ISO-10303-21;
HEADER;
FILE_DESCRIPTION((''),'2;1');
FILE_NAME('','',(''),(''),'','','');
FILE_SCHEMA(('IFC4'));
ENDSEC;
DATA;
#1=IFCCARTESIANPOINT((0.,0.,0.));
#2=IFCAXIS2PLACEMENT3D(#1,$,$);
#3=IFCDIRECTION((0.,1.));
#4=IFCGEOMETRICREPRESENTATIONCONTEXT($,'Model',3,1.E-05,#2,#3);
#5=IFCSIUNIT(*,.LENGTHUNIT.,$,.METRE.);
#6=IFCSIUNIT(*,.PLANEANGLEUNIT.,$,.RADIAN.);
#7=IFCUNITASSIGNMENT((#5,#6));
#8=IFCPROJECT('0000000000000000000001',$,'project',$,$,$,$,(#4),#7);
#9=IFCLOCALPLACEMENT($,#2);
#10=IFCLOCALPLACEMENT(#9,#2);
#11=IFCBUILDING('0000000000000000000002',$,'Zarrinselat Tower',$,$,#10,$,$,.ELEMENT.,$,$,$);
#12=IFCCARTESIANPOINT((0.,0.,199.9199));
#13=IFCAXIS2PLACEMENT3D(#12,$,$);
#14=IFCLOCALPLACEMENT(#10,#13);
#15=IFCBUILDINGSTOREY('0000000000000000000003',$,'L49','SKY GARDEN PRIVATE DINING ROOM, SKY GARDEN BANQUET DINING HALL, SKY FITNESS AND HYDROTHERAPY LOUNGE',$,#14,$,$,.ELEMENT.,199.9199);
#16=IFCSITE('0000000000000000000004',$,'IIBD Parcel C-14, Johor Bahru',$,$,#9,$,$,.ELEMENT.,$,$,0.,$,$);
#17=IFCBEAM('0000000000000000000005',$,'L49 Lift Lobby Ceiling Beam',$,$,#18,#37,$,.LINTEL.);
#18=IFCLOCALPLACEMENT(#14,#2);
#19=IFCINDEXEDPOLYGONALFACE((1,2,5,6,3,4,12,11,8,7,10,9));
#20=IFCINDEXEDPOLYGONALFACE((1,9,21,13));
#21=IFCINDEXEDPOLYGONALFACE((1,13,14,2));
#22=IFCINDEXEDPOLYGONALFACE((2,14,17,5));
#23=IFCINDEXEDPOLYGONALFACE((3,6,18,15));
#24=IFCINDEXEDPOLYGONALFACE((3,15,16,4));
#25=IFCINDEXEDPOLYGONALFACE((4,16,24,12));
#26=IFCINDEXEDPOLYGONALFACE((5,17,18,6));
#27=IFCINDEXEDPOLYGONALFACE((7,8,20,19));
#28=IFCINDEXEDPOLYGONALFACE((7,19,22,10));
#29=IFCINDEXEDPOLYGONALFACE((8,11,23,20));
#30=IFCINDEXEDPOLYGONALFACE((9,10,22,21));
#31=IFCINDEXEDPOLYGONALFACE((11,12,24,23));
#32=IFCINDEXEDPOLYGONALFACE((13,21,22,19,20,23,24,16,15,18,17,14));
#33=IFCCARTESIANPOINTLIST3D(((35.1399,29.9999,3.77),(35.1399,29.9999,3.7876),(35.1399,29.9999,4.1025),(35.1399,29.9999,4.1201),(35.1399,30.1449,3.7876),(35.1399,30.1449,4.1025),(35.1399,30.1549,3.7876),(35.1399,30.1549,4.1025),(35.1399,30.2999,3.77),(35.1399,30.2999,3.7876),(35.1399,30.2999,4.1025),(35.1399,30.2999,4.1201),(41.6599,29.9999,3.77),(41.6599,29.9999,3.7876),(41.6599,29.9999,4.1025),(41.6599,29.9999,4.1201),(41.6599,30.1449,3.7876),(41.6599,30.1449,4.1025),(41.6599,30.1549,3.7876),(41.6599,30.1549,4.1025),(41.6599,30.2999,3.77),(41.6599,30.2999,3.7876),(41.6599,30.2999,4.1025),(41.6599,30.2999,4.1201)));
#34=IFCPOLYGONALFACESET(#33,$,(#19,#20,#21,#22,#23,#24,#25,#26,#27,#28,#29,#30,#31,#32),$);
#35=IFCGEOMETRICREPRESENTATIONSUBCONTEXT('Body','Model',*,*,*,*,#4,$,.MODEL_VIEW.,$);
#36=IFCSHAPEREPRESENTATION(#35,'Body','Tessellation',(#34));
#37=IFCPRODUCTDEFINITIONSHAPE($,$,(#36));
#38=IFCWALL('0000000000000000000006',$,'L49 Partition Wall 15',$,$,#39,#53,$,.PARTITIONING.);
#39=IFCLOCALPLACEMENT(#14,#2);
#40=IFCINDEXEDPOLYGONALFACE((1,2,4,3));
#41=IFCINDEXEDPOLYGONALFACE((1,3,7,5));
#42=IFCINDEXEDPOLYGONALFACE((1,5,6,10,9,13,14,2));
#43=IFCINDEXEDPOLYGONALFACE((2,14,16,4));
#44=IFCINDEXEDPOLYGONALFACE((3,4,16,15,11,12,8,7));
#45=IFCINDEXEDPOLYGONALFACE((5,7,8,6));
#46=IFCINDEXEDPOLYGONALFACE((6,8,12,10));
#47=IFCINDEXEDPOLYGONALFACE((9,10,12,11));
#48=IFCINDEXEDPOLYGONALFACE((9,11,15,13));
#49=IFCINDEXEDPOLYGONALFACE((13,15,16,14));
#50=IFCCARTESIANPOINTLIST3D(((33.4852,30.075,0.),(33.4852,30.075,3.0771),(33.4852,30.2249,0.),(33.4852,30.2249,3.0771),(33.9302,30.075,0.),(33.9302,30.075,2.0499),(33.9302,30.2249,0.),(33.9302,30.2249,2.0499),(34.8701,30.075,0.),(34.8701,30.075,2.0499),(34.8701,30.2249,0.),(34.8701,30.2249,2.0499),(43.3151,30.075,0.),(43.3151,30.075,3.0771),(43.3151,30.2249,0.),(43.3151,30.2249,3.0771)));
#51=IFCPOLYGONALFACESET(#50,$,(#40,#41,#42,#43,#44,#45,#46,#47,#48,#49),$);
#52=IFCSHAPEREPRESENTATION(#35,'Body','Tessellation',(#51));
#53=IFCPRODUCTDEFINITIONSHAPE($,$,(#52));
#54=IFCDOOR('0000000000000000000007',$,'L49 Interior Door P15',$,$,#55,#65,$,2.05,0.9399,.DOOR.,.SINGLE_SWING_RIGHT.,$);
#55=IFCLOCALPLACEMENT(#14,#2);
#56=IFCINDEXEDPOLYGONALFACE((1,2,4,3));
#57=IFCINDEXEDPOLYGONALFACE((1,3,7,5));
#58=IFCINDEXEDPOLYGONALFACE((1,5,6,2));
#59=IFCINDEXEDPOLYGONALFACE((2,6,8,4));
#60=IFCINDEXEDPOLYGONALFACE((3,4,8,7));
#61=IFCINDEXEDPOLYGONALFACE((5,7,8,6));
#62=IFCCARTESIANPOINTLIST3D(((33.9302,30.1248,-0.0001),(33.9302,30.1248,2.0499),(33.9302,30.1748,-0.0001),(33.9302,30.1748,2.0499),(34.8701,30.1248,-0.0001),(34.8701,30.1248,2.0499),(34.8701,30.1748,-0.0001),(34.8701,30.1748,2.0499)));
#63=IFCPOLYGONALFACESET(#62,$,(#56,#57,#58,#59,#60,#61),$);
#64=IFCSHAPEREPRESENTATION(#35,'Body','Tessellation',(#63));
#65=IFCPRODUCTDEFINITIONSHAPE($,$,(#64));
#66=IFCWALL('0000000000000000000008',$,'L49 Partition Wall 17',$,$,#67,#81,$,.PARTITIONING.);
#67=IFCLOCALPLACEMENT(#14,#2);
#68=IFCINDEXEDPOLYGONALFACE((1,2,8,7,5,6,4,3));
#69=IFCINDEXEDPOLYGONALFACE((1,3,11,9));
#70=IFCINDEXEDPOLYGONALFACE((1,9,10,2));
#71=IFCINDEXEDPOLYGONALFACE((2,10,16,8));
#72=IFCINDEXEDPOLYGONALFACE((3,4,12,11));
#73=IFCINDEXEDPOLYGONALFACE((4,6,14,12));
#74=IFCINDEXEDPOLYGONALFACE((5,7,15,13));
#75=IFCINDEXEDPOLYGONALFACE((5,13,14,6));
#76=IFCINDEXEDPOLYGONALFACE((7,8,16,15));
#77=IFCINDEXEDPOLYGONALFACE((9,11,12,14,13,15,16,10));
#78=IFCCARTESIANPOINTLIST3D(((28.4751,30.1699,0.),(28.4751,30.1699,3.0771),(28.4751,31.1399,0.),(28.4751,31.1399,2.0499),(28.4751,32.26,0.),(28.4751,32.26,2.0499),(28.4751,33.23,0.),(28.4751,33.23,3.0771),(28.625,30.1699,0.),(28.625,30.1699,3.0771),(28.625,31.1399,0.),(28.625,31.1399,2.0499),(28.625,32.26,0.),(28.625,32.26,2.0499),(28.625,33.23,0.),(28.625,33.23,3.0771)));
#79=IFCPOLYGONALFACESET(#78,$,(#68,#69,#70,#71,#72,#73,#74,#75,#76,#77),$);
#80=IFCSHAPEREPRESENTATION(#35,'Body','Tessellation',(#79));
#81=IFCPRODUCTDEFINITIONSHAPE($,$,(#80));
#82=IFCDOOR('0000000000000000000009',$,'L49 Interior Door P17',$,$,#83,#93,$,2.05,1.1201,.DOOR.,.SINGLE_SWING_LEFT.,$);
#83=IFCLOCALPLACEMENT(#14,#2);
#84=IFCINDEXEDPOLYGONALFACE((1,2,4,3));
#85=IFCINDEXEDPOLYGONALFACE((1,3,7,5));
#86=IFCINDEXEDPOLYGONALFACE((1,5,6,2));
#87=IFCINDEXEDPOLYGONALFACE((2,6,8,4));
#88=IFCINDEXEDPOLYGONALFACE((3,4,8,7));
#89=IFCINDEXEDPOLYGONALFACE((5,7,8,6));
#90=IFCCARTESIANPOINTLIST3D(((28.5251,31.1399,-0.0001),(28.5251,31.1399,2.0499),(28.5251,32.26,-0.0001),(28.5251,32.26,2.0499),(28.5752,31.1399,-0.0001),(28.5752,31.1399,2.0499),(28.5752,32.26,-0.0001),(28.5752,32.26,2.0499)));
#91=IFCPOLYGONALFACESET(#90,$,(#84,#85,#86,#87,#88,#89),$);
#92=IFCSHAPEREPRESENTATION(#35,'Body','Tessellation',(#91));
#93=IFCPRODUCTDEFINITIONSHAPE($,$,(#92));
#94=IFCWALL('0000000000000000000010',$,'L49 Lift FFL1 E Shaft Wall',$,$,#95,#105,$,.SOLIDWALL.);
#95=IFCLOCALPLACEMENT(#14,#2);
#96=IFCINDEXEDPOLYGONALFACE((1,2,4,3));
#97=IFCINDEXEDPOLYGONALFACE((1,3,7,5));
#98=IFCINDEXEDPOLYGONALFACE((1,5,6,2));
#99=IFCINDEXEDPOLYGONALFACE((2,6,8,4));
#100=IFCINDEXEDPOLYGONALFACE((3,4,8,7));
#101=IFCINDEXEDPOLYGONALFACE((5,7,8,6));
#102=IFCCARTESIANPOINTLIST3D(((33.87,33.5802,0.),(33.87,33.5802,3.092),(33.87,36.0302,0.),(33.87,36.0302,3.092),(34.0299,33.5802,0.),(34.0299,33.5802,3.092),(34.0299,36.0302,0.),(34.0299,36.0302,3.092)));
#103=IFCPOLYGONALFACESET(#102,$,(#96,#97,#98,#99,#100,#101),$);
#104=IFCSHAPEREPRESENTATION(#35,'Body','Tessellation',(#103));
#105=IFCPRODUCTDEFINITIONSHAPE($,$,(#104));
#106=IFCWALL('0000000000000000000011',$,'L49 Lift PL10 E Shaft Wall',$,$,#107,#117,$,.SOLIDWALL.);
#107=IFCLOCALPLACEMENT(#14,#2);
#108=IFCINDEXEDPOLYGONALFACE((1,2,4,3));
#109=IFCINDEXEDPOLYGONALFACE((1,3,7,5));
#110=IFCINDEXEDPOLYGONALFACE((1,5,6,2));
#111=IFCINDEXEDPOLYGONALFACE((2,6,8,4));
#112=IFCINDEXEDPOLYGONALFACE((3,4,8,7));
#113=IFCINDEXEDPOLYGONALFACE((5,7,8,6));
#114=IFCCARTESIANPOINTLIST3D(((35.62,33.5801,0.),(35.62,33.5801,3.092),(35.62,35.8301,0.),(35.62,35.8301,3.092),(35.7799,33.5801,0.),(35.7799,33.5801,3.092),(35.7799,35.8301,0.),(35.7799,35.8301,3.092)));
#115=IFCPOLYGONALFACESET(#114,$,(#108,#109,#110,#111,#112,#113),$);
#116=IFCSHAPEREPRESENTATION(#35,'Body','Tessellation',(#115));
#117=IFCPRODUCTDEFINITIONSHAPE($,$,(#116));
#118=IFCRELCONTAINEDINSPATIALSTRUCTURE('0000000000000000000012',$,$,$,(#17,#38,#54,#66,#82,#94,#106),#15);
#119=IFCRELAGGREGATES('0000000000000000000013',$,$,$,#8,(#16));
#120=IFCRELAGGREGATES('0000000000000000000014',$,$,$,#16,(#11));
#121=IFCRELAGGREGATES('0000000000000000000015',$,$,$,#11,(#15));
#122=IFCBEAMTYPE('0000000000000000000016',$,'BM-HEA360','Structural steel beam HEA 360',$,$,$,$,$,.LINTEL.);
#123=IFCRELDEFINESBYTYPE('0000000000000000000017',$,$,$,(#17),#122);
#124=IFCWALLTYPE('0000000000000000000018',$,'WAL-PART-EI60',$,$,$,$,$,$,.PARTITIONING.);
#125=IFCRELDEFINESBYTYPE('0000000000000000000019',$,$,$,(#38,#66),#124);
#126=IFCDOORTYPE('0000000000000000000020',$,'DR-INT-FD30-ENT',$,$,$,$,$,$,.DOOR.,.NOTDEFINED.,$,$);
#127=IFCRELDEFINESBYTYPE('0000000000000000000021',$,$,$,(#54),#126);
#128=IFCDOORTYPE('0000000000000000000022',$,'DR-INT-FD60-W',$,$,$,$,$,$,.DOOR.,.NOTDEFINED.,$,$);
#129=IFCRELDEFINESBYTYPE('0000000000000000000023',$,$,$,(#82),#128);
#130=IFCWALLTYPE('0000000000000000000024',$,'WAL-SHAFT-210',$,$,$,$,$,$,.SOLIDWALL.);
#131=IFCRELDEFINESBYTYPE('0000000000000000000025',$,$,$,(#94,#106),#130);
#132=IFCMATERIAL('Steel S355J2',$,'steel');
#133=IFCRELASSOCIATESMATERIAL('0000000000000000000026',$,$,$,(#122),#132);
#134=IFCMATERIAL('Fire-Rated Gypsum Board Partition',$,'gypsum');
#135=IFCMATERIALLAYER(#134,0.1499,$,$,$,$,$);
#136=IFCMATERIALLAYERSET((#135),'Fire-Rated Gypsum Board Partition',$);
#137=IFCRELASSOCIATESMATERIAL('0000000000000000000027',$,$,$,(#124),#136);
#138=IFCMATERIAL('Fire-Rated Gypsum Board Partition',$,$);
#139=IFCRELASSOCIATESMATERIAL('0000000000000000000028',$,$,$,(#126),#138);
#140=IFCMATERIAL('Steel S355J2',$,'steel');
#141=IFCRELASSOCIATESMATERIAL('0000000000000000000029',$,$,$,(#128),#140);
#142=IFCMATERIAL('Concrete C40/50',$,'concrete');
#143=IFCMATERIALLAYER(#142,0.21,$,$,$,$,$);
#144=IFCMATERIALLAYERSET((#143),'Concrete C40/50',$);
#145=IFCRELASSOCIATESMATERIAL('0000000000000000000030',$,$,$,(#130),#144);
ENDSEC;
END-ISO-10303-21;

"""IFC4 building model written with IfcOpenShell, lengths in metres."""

from ifc_helpers import new_model, si_unit, direction, frame, frame_2d, origin, origin_2d, place, context, subcontext, project, spatial, rectangle, i_section, extrude, material, layer, layer_set, material_profile, profile_set, type_object, element, fill, save


model = new_model("IFC4")

# Units and contexts
model_context = context("Model", 3, precision=1e-05, world=origin(), true_north=direction((0.0, 1.0)))
body_context = subcontext(model_context, "Body", "Model", "MODEL_VIEW")
ifc_project = project(units=[si_unit("LENGTHUNIT", "METRE"), si_unit("PLANEANGLEUNIT", "RADIAN")], contexts=[model_context])

# Site, building, storey
site_placement = place(None, origin())
site = spatial("IfcSite", under=ifc_project, at=site_placement, Name="IIBD Parcel C-14, Johor Bahru", CompositionType="ELEMENT", RefElevation=0.0)
building_placement = place(site_placement, origin())
building = spatial("IfcBuilding", under=site, at=building_placement, Name="Zarrinselat Tower", CompositionType="ELEMENT")
storey_placement = place(building_placement, frame((0.0, 0.0, 199.9199)))
storey = spatial("IfcBuildingStorey", under=building, at=storey_placement, Name="L49", Description="SKY GARDEN PRIVATE DINING ROOM, SKY GARDEN BANQUET DINING HALL, SKY FITNESS AND HYDROTHERAPY LOUNGE", CompositionType="ELEMENT", Elevation=199.9199)

# Beam
ifc_material_1 = material(Name="Steel S355J2", Category="steel")
ifc_material_profile = material_profile(ifc_material_1, i_section(OverallWidth=0.3, OverallDepth=0.3501, WebThickness=0.01, FlangeThickness=0.0176, at=origin_2d()), Name="HEA 360")
ifc_profile_set = profile_set([ifc_material_profile], Name="Steel S355J2")
beam_type = type_object("IfcBeamType", Name="BM-HEA360", Description="Structural steel beam HEA 360", PredefinedType="LINTEL", material=ifc_profile_set)
beam_placement = place(storey_placement, frame((35.1399, 30.1499, 3.9451), z_axis=(1.0, 0.0, 0.0), x_axis=(0.0, 1.0, 0.0)))
element("IfcBeam", 1, at=beam_placement, inside=storey, type_object=beam_type, Name="L49 Lift Lobby Ceiling Beam", PredefinedType="LINTEL", context=body_context, shape_type="SweptSolid", body=[
    extrude(i_section(OverallWidth=0.3, OverallDepth=0.3501, WebThickness=0.01, FlangeThickness=0.0176, at=origin_2d()), origin(), (0.0, 0.0, 1.0), 6.52),
])

# Walls, openings, doors
ifc_material_2 = material(Name="Fire-Rated Gypsum Board Partition", Category="gypsum")
ifc_layer_1 = layer(ifc_material_2, 0.1499)
ifc_layer_set_1 = layer_set([ifc_layer_1], Name="Fire-Rated Gypsum Board Partition")
wall_type_1 = type_object("IfcWallType", Name="WAL-PART-EI60", PredefinedType="PARTITIONING", material=ifc_layer_set_1)
wall_1_placement = place(storey_placement, frame((33.4851, 30.1499, 0.0), z_axis=(0.0, 0.0, 1.0), x_axis=(1.0, 0.0, 0.0)))
wall_1 = element("IfcWall", 2, at=wall_1_placement, inside=storey, type_object=wall_type_1, Name="L49 Partition Wall 15", PredefinedType="PARTITIONING", context=body_context, shape_type="SweptSolid", body=[
    extrude(rectangle(XDim=9.8298, YDim=0.1499, at=frame_2d((4.915, 0.0))), origin(), (0.0, 0.0, 1.0), 3.0771),
])
opening_1_placement = place(wall_1_placement, frame((0.4451, 0.0, 0.0)))
opening_1 = element("IfcOpeningElement", 3, at=opening_1_placement, cuts=wall_1, PredefinedType="OPENING", context=body_context, shape_type="SweptSolid", body=[
    extrude(rectangle(XDim=0.9399, YDim=2.05, at=frame_2d((0.47, 1.0249))), frame((0.0, 0.085, 0.0), z_axis=(0.0, -1.0, 0.0), x_axis=(1.0, 0.0, 0.0)), (0.0, 0.0, 1.0), 0.1699),
])
ifc_material_3 = material(Name="Fire-Rated Gypsum Board Partition")
door_type_1 = type_object("IfcDoorType", Name="DR-INT-FD30-ENT", OperationType="NOTDEFINED", PredefinedType="DOOR", material=ifc_material_3)
door_1_placement = place(opening_1_placement, origin())
door_1 = element("IfcDoor", 4, at=door_1_placement, inside=storey, type_object=door_type_1, Name="L49 Interior Door P15", OperationType="SINGLE_SWING_RIGHT", OverallHeight=2.05, OverallWidth=0.9399, PredefinedType="DOOR", context=body_context, shape_type="SweptSolid", body=[
    extrude(rectangle(XDim=0.9399, YDim=2.05, at=frame_2d((0.47, 1.0249))), frame((0.0, 0.0249, 0.0), z_axis=(0.0, -1.0, 0.0), x_axis=(1.0, 0.0, 0.0)), (0.0, 0.0, 1.0), 0.05),
])
fill(opening_1, door_1)
wall_2_placement = place(storey_placement, frame((28.55, 30.1699, 0.0), z_axis=(0.0, 0.0, 1.0), x_axis=(0.0, 1.0, 0.0)))
wall_2 = element("IfcWall", 5, at=wall_2_placement, inside=storey, type_object=wall_type_1, Name="L49 Partition Wall 17", PredefinedType="PARTITIONING", context=body_context, shape_type="SweptSolid", body=[
    extrude(rectangle(XDim=3.0601, YDim=0.1499, at=frame_2d((1.53, 0.0))), origin(), (0.0, 0.0, 1.0), 3.0771),
])
opening_2_placement = place(wall_2_placement, frame((0.97, 0.0, 0.0)))
opening_2 = element("IfcOpeningElement", 6, at=opening_2_placement, cuts=wall_2, PredefinedType="OPENING", context=body_context, shape_type="SweptSolid", body=[
    extrude(rectangle(XDim=1.1201, YDim=2.05, at=frame_2d((0.5601, 1.0249))), frame((0.0, 0.085, 0.0), z_axis=(0.0, -1.0, 0.0), x_axis=(1.0, 0.0, 0.0)), (0.0, 0.0, 1.0), 0.1699),
])
ifc_material_4 = material(Name="Steel S355J2", Category="steel")
door_type_2 = type_object("IfcDoorType", Name="DR-INT-FD60-W", OperationType="NOTDEFINED", PredefinedType="DOOR", material=ifc_material_4)
door_2_placement = place(opening_2_placement, origin())
door_2 = element("IfcDoor", 7, at=door_2_placement, inside=storey, type_object=door_type_2, Name="L49 Interior Door P17", OperationType="SINGLE_SWING_LEFT", OverallHeight=2.05, OverallWidth=1.1201, PredefinedType="DOOR", context=body_context, shape_type="SweptSolid", body=[
    extrude(rectangle(XDim=1.1201, YDim=2.05, at=frame_2d((0.5601, 1.0249))), frame((0.0, 0.0249, 0.0), z_axis=(0.0, -1.0, 0.0), x_axis=(1.0, 0.0, 0.0)), (0.0, 0.0, 1.0), 0.05),
])
fill(opening_2, door_2)

# Walls
ifc_material_5 = material(Name="Concrete C40/50", Category="concrete")
ifc_layer_2 = layer(ifc_material_5, 0.21)
ifc_layer_set_2 = layer_set([ifc_layer_2], Name="Concrete C40/50")
wall_type_2 = type_object("IfcWallType", Name="WAL-SHAFT-210", PredefinedType="SOLIDWALL", material=ifc_layer_set_2)
wall_3_placement = place(storey_placement, frame((33.95, 33.5801, 0.0), z_axis=(0.0, 0.0, 1.0), x_axis=(0.0, 1.0, 0.0)))
element("IfcWall", 8, at=wall_3_placement, inside=storey, type_object=wall_type_2, Name="L49 Lift FFL1 E Shaft Wall", PredefinedType="SOLIDWALL", context=body_context, shape_type="SweptSolid", body=[
    extrude(rectangle(XDim=2.45, YDim=0.1599, at=frame_2d((1.2251, 0.0))), origin(), (0.0, 0.0, 1.0), 3.092),
])
wall_4_placement = place(storey_placement, frame((35.7, 33.5801, 0.0), z_axis=(0.0, 0.0, 1.0), x_axis=(0.0, 1.0, 0.0)))
element("IfcWall", 9, at=wall_4_placement, inside=storey, type_object=wall_type_2, Name="L49 Lift PL10 E Shaft Wall", PredefinedType="SOLIDWALL", context=body_context, shape_type="SweptSolid", body=[
    extrude(rectangle(XDim=2.25, YDim=0.1599, at=frame_2d((1.125, 0.0))), origin(), (0.0, 0.0, 1.0), 3.092),
])

save(model, "model.ifc")
